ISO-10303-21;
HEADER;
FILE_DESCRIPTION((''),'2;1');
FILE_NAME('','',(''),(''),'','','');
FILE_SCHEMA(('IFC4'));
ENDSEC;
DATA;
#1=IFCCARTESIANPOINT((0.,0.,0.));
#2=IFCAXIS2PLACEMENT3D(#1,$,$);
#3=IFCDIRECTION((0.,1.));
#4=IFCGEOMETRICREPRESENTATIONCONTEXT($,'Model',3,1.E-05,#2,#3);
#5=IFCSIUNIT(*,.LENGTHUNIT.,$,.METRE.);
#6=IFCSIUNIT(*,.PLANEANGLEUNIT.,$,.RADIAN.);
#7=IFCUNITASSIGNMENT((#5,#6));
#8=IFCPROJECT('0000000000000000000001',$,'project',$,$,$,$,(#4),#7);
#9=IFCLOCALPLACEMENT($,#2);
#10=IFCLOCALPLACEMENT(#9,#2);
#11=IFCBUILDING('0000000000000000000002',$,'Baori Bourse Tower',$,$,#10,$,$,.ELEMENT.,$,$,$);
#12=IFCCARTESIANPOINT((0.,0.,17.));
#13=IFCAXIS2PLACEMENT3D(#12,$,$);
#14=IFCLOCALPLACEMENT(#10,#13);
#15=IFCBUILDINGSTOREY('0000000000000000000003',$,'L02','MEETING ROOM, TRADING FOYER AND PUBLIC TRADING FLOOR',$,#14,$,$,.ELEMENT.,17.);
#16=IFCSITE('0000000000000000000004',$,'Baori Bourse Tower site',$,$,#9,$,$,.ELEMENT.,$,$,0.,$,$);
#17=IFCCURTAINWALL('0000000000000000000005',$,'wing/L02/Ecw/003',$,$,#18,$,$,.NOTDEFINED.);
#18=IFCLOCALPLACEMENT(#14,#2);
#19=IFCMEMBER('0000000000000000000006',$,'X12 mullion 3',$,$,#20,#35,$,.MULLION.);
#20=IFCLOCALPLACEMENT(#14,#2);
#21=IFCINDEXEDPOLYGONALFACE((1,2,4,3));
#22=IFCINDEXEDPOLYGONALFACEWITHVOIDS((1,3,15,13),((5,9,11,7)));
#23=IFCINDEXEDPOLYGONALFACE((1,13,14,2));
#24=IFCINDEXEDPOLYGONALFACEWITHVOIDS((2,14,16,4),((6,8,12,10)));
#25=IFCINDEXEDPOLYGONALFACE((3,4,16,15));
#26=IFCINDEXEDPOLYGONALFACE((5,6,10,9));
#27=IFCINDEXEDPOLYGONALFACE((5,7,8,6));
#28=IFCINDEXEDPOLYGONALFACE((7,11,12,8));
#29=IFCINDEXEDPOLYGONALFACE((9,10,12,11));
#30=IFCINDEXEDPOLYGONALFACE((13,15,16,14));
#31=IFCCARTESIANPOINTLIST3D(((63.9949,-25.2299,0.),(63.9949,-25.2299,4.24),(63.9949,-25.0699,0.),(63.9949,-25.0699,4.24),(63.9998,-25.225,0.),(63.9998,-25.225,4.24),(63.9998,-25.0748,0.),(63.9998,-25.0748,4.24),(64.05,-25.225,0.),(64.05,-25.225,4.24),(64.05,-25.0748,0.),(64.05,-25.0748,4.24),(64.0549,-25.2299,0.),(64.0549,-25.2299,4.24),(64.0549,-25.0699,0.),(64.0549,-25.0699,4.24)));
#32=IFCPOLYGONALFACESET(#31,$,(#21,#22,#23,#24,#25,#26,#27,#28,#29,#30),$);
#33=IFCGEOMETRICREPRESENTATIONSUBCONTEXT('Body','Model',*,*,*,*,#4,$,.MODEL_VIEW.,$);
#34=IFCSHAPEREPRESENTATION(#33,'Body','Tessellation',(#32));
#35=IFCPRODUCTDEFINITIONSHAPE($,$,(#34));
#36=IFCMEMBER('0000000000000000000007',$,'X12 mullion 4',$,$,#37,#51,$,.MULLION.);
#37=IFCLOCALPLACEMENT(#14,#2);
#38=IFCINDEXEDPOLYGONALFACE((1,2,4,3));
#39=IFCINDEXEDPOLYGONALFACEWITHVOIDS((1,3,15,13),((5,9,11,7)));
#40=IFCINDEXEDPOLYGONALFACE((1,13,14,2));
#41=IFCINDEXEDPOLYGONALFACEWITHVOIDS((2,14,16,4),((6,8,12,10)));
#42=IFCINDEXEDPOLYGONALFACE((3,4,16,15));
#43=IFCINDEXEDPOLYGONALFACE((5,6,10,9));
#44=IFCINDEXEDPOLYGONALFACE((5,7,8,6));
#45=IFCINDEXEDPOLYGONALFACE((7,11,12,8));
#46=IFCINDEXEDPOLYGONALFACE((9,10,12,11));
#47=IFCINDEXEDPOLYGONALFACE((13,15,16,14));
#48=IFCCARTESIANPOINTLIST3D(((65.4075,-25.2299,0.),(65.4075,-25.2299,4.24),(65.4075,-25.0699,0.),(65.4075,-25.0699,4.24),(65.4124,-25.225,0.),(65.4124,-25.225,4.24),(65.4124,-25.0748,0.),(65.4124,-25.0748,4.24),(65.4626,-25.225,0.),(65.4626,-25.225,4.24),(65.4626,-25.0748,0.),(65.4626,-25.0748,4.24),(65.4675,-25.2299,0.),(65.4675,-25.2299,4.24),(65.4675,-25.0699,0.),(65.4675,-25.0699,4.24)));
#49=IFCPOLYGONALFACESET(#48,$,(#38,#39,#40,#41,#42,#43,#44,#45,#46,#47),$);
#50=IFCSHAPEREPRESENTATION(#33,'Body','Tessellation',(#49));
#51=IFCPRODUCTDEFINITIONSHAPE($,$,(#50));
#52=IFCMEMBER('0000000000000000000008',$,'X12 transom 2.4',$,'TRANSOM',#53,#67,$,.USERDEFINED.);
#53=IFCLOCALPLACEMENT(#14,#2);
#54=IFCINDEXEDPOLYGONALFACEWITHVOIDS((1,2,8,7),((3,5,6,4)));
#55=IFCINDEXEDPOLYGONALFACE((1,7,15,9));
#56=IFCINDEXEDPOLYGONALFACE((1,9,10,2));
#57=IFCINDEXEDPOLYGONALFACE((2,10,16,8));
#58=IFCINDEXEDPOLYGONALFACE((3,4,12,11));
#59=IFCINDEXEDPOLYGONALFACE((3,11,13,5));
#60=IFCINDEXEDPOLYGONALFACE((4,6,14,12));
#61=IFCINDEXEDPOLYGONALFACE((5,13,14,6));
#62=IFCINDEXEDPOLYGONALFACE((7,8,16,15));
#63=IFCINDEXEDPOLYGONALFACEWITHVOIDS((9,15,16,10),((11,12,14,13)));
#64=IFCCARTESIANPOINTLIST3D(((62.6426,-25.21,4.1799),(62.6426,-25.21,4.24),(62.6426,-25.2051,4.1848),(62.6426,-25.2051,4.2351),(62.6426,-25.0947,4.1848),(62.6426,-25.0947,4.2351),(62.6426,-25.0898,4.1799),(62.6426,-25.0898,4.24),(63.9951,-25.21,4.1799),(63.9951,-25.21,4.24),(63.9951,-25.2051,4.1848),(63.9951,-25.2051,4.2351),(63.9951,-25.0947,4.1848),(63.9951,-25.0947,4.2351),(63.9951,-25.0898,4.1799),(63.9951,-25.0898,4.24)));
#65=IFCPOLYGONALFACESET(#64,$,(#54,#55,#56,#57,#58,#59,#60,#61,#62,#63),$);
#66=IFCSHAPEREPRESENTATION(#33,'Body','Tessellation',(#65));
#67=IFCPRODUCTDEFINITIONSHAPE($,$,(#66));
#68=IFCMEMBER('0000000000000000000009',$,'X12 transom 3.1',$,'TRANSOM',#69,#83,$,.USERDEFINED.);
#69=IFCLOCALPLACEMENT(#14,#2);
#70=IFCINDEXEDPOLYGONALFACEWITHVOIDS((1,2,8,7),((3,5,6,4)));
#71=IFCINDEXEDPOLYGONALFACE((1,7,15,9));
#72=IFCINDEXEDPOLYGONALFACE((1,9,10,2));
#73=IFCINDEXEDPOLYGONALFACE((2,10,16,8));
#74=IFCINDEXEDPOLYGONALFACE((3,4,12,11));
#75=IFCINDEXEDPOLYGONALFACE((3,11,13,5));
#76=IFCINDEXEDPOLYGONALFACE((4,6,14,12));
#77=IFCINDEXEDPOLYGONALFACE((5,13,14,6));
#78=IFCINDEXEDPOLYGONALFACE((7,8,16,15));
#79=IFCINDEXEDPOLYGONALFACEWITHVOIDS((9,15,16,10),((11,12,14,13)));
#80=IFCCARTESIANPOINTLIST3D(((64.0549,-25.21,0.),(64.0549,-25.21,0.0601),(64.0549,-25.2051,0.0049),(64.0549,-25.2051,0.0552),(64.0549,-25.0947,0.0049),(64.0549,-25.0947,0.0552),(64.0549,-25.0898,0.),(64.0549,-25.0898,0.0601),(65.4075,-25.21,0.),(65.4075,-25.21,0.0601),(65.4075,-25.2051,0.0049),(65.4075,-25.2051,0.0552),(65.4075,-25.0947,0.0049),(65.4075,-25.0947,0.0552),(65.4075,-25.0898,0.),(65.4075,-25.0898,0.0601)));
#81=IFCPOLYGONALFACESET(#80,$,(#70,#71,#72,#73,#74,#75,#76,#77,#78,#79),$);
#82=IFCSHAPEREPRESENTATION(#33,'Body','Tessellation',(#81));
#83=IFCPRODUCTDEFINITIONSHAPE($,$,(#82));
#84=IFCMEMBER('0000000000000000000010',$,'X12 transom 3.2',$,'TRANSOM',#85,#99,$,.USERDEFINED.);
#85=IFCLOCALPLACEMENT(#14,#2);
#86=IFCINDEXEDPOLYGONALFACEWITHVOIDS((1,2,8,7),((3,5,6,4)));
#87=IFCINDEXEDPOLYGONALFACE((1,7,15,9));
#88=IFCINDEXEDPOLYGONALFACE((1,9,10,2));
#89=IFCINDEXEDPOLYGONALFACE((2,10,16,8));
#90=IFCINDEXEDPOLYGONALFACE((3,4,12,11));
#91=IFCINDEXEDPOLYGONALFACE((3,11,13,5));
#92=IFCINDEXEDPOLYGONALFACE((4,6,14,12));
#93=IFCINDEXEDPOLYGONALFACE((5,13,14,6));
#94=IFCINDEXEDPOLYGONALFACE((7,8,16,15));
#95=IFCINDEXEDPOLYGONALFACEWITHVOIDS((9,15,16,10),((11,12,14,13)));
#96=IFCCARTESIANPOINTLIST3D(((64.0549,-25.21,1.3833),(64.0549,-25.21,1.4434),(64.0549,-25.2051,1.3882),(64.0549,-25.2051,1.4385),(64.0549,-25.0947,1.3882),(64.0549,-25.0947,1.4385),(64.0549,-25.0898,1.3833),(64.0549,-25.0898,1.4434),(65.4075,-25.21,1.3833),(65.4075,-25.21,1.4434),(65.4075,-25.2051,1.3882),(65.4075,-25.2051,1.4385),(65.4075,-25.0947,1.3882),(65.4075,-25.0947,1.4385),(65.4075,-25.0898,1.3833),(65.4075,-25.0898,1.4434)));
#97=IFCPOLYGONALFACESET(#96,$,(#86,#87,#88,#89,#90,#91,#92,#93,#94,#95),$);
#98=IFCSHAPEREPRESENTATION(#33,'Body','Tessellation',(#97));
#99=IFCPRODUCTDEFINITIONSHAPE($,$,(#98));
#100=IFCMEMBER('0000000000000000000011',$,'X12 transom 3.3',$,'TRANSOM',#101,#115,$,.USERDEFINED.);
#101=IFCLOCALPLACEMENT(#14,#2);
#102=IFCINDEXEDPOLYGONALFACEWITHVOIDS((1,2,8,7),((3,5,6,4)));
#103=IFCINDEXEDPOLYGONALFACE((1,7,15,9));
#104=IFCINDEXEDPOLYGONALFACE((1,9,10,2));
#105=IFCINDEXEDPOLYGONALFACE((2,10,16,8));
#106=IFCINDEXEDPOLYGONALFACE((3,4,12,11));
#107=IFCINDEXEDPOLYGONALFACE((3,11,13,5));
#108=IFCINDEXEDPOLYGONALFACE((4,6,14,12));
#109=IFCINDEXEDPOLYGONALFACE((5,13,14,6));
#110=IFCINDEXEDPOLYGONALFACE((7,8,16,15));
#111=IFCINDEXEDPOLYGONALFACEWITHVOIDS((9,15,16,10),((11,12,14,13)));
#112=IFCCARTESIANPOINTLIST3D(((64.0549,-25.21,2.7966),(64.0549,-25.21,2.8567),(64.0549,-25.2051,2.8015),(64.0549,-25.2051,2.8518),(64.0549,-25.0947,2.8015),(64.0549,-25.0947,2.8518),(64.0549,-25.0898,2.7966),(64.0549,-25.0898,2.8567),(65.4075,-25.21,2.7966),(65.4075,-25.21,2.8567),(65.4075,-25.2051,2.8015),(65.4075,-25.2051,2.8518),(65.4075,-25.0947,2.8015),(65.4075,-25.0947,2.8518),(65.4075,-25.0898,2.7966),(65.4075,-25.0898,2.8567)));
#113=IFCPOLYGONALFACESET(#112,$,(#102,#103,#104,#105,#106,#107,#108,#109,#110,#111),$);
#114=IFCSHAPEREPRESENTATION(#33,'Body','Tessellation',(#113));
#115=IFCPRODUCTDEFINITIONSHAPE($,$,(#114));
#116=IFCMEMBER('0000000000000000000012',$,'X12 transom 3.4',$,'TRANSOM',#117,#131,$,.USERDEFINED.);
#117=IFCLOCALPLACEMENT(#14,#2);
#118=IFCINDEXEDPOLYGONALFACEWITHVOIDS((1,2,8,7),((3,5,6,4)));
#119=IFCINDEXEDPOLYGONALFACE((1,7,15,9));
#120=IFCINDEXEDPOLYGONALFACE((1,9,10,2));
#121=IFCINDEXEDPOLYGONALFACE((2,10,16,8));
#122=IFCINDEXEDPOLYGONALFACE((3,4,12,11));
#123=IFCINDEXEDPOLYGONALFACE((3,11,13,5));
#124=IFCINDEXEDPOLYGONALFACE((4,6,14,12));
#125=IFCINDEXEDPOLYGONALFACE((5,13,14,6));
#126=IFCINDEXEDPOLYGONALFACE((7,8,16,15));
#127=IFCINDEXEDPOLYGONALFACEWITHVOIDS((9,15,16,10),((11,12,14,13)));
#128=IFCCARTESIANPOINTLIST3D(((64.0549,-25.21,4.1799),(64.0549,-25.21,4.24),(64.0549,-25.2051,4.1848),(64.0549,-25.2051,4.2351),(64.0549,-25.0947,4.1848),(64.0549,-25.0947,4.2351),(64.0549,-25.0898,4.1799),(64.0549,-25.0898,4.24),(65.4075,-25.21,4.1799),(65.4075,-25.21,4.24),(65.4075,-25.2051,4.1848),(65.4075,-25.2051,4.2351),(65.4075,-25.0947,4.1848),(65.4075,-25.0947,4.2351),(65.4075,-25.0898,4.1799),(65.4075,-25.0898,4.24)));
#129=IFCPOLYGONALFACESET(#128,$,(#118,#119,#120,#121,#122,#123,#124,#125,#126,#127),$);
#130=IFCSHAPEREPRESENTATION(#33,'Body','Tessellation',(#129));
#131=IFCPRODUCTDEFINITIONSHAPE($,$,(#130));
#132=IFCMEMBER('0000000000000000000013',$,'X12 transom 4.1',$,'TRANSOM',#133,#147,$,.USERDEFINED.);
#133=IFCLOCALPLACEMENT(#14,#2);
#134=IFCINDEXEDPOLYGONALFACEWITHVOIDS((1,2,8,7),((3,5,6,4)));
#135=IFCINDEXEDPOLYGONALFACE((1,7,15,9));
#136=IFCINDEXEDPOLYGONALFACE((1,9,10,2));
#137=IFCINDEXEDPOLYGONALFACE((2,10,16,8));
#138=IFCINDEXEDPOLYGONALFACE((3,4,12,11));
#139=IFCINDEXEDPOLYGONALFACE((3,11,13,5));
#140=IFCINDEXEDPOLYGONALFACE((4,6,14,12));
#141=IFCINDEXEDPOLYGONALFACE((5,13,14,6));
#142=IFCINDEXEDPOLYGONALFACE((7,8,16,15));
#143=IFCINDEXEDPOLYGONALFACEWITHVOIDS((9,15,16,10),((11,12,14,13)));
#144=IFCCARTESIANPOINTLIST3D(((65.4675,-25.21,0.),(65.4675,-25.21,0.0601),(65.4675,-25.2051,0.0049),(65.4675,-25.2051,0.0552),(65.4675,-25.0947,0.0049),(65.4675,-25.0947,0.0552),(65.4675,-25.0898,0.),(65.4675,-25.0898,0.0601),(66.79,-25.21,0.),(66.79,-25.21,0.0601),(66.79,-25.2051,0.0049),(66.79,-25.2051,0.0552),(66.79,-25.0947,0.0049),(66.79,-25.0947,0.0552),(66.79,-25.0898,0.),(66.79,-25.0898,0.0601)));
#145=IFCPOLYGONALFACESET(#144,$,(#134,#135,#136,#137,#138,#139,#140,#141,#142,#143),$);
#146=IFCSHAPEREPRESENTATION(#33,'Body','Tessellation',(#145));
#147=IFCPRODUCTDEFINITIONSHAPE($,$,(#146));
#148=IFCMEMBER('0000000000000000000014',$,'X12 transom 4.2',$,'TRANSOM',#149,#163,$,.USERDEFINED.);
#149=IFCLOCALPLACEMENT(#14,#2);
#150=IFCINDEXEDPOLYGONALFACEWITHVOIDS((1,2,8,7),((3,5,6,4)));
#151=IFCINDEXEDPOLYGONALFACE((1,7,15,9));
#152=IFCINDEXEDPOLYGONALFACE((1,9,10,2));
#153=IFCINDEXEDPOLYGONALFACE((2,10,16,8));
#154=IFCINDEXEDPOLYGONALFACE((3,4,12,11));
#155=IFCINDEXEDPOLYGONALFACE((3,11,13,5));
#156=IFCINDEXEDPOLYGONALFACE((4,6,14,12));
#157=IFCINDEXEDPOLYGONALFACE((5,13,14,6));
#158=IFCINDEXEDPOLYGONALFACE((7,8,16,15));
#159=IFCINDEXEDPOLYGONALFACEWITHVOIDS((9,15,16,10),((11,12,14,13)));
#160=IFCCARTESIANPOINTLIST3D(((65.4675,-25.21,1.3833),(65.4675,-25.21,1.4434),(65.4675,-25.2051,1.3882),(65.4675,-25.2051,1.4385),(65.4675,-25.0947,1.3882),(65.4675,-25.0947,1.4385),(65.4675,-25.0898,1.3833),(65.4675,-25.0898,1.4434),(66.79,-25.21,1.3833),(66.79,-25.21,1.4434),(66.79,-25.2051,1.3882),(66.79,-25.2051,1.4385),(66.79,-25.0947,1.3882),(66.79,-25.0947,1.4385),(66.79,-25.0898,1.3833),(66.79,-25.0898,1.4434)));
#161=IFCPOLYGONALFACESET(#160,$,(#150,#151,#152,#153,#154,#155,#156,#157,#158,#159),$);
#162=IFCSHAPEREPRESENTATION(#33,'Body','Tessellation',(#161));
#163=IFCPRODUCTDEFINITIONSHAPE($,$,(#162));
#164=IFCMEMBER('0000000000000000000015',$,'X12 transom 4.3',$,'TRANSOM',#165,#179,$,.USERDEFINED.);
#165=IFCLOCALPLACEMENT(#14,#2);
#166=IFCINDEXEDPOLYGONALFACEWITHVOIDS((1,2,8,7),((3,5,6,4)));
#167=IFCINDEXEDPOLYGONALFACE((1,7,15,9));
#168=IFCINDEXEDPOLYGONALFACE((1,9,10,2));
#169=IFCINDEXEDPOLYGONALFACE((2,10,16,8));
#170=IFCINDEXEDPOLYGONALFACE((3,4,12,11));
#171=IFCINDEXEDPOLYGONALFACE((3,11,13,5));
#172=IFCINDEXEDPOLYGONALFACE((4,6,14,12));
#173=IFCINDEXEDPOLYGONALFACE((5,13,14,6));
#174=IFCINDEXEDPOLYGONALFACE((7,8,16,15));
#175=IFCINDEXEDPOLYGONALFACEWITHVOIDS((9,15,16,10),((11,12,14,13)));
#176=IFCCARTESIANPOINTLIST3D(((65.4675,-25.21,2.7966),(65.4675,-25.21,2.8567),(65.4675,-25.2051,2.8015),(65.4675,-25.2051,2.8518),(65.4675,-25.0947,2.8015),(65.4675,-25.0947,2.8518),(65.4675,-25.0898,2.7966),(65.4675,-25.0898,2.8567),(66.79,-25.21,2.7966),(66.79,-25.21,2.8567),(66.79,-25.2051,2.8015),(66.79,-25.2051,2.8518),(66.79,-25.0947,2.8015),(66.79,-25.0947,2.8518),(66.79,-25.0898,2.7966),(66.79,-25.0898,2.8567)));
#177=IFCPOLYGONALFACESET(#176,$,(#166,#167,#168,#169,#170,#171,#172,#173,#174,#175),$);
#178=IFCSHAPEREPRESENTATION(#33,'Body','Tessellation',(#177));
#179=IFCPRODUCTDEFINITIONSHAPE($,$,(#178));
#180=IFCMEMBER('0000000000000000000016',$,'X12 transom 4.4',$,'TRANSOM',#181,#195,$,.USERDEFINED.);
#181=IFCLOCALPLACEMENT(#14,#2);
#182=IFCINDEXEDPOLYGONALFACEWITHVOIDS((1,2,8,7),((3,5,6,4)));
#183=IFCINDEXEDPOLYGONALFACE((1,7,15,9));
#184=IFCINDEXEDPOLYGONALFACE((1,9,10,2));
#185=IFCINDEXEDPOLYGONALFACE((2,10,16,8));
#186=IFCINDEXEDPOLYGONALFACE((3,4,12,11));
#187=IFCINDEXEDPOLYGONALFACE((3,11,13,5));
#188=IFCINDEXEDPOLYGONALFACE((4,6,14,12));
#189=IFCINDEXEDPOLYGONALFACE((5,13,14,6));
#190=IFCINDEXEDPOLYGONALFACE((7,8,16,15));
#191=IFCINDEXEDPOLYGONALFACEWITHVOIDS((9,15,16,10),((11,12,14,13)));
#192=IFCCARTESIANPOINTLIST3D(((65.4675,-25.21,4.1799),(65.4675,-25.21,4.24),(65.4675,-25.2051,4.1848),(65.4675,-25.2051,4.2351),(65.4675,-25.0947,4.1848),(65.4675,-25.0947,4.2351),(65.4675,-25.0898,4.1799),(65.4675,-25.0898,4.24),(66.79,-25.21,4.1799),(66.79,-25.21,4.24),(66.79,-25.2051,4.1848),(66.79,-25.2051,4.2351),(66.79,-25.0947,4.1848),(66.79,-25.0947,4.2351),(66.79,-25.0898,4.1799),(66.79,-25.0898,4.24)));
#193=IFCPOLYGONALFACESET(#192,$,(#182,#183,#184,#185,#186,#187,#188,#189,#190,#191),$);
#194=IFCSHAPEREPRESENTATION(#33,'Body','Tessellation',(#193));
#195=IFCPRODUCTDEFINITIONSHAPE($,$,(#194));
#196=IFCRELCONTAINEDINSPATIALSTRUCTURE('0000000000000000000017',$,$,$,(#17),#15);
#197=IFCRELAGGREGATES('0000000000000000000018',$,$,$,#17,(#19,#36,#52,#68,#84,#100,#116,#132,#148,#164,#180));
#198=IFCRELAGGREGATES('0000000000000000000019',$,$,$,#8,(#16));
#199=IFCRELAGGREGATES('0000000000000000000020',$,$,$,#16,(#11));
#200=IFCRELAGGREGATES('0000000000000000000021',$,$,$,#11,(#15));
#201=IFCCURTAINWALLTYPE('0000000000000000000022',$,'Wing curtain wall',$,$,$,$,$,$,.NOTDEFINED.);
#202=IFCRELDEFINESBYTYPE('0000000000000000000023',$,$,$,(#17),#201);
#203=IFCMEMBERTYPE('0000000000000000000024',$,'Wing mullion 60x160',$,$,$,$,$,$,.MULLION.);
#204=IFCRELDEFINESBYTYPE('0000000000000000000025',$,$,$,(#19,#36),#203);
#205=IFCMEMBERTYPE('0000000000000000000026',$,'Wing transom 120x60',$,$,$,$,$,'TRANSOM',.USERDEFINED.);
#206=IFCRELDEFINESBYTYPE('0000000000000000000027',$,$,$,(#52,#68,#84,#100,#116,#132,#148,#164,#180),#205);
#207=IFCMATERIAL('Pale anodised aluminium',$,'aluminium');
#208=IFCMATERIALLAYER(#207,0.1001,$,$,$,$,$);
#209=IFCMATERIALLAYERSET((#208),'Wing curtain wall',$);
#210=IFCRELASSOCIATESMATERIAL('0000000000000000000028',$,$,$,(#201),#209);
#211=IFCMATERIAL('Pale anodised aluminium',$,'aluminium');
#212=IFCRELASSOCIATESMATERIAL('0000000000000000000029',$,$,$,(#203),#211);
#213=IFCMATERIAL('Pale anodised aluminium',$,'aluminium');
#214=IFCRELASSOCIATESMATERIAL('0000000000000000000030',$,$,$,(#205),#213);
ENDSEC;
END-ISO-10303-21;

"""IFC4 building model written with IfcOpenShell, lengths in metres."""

from ifc_helpers import new_model, si_unit, direction, frame, origin, origin_2d, place, context, subcontext, project, spatial, hollow_rectangle, extrude, material, layer, layer_set, material_profile, profile_set, type_object, element, aggregate, save


model = new_model("IFC4")

# Units and contexts
model_context = context("Model", 3, precision=1e-05, world=origin(), true_north=direction((0.0, 1.0)))
body_context = subcontext(model_context, "Body", "Model", "MODEL_VIEW")
ifc_project = project(units=[si_unit("LENGTHUNIT", "METRE"), si_unit("PLANEANGLEUNIT", "RADIAN")], contexts=[model_context])

# Site, building, storey
site_placement = place(None, origin())
site = spatial("IfcSite", under=ifc_project, at=site_placement, Name="Baori Bourse Tower site", CompositionType="ELEMENT", RefElevation=0.0)
building_placement = place(site_placement, origin())
building = spatial("IfcBuilding", under=site, at=building_placement, Name="Baori Bourse Tower", CompositionType="ELEMENT")
storey_placement = place(building_placement, frame((0.0, 0.0, 17.0)))
storey = spatial("IfcBuildingStorey", under=building, at=storey_placement, Name="L02", Description="MEETING ROOM, TRADING FOYER AND PUBLIC TRADING FLOOR", CompositionType="ELEMENT", Elevation=17.0)

# Curtain wall, members
ifc_material_1 = material(Name="Pale anodised aluminium", Category="aluminium")
ifc_layer_1 = layer(ifc_material_1, 0.1001)
ifc_layer_set_1 = layer_set([ifc_layer_1], Name="Wing curtain wall")
curtain_wall_type = type_object("IfcCurtainWallType", Name="Wing curtain wall", PredefinedType="NOTDEFINED", material=ifc_layer_set_1)
curtain_wall_placement = place(storey_placement, origin())
curtain_wall = element("IfcCurtainWall", 1, at=curtain_wall_placement, inside=storey, type_object=curtain_wall_type, Name="wing/L02/Ecw/003", PredefinedType="NOTDEFINED")
ifc_material_2 = material(Name="Pale anodised aluminium", Category="aluminium")
ifc_material_profile_1 = material_profile(ifc_material_2, hollow_rectangle(XDim=0.1599, YDim=0.0601, WallThickness=0.0049, at=origin_2d()), Name="Mullion 160x60x5")
ifc_profile_set_1 = profile_set([ifc_material_profile_1], Name="Pale anodised aluminium")
member_type_1 = type_object("IfcMemberType", Name="Wing mullion 60x160", PredefinedType="MULLION", material=ifc_profile_set_1)
member_1_placement = place(storey_placement, frame((64.0249, -25.1499, 0.0), z_axis=(0.0, 0.0, 1.0), x_axis=(0.0, 1.0, 0.0)))
member_1 = element("IfcMember", 2, at=member_1_placement, type_object=member_type_1, Name="X12 mullion 3", PredefinedType="MULLION", context=body_context, shape_type="SweptSolid", body=[
    extrude(hollow_rectangle(XDim=0.1599, YDim=0.0601, WallThickness=0.0049, at=origin_2d()), origin(), (0.0, 0.0, 1.0), 4.24),
])
member_2_placement = place(storey_placement, frame((65.4375, -25.1499, 0.0), z_axis=(0.0, 0.0, 1.0), x_axis=(0.0, 1.0, 0.0)))
member_2 = element("IfcMember", 3, at=member_2_placement, type_object=member_type_1, Name="X12 mullion 4", PredefinedType="MULLION", context=body_context, shape_type="SweptSolid", body=[
    extrude(hollow_rectangle(XDim=0.1599, YDim=0.0601, WallThickness=0.0049, at=origin_2d()), origin(), (0.0, 0.0, 1.0), 4.24),
])
ifc_material_3 = material(Name="Pale anodised aluminium", Category="aluminium")
ifc_material_profile_2 = material_profile(ifc_material_3, hollow_rectangle(XDim=0.1201, YDim=0.0601, WallThickness=0.0049, at=origin_2d()), Name="Transom 120x60x5")
ifc_profile_set_2 = profile_set([ifc_material_profile_2], Name="Pale anodised aluminium")
member_type_2 = type_object("IfcMemberType", Name="Wing transom 120x60", ElementType="TRANSOM", PredefinedType="USERDEFINED", material=ifc_profile_set_2)
member_3_placement = place(storey_placement, frame((62.6426, -25.1499, 4.21), z_axis=(1.0, 0.0, 0.0), x_axis=(0.0, 1.0, 0.0)))
member_3 = element("IfcMember", 4, at=member_3_placement, type_object=member_type_2, Name="X12 transom 2.4", ObjectType="TRANSOM", PredefinedType="USERDEFINED", context=body_context, shape_type="SweptSolid", body=[
    extrude(hollow_rectangle(XDim=0.1201, YDim=0.0601, WallThickness=0.0049, at=origin_2d()), origin(), (0.0, 0.0, 1.0), 1.3525),
])
member_4_placement = place(storey_placement, frame((64.0549, -25.1499, 0.03), z_axis=(1.0, 0.0, 0.0), x_axis=(0.0, 1.0, 0.0)))
member_4 = element("IfcMember", 5, at=member_4_placement, type_object=member_type_2, Name="X12 transom 3.1", ObjectType="TRANSOM", PredefinedType="USERDEFINED", context=body_context, shape_type="SweptSolid", body=[
    extrude(hollow_rectangle(XDim=0.1201, YDim=0.0601, WallThickness=0.0049, at=origin_2d()), origin(), (0.0, 0.0, 1.0), 1.3525),
])
member_5_placement = place(storey_placement, frame((64.0549, -25.1499, 1.4133), z_axis=(1.0, 0.0, 0.0), x_axis=(0.0, 1.0, 0.0)))
member_5 = element("IfcMember", 6, at=member_5_placement, type_object=member_type_2, Name="X12 transom 3.2", ObjectType="TRANSOM", PredefinedType="USERDEFINED", context=body_context, shape_type="SweptSolid", body=[
    extrude(hollow_rectangle(XDim=0.1201, YDim=0.0601, WallThickness=0.0049, at=origin_2d()), origin(), (0.0, 0.0, 1.0), 1.3525),
])
member_6_placement = place(storey_placement, frame((64.0549, -25.1499, 2.8267), z_axis=(1.0, 0.0, 0.0), x_axis=(0.0, 1.0, 0.0)))
member_6 = element("IfcMember", 7, at=member_6_placement, type_object=member_type_2, Name="X12 transom 3.3", ObjectType="TRANSOM", PredefinedType="USERDEFINED", context=body_context, shape_type="SweptSolid", body=[
    extrude(hollow_rectangle(XDim=0.1201, YDim=0.0601, WallThickness=0.0049, at=origin_2d()), origin(), (0.0, 0.0, 1.0), 1.3525),
])
member_7_placement = place(storey_placement, frame((64.0549, -25.1499, 4.21), z_axis=(1.0, 0.0, 0.0), x_axis=(0.0, 1.0, 0.0)))
member_7 = element("IfcMember", 8, at=member_7_placement, type_object=member_type_2, Name="X12 transom 3.4", ObjectType="TRANSOM", PredefinedType="USERDEFINED", context=body_context, shape_type="SweptSolid", body=[
    extrude(hollow_rectangle(XDim=0.1201, YDim=0.0601, WallThickness=0.0049, at=origin_2d()), origin(), (0.0, 0.0, 1.0), 1.3525),
])
member_8_placement = place(storey_placement, frame((65.4675, -25.1499, 0.03), z_axis=(1.0, 0.0, 0.0), x_axis=(0.0, 1.0, 0.0)))
member_8 = element("IfcMember", 9, at=member_8_placement, type_object=member_type_2, Name="X12 transom 4.1", ObjectType="TRANSOM", PredefinedType="USERDEFINED", context=body_context, shape_type="SweptSolid", body=[
    extrude(hollow_rectangle(XDim=0.1201, YDim=0.0601, WallThickness=0.0049, at=origin_2d()), origin(), (0.0, 0.0, 1.0), 1.3225),
])
member_9_placement = place(storey_placement, frame((65.4675, -25.1499, 1.4133), z_axis=(1.0, 0.0, 0.0), x_axis=(0.0, 1.0, 0.0)))
member_9 = element("IfcMember", 10, at=member_9_placement, type_object=member_type_2, Name="X12 transom 4.2", ObjectType="TRANSOM", PredefinedType="USERDEFINED", context=body_context, shape_type="SweptSolid", body=[
    extrude(hollow_rectangle(XDim=0.1201, YDim=0.0601, WallThickness=0.0049, at=origin_2d()), origin(), (0.0, 0.0, 1.0), 1.3225),
])
member_10_placement = place(storey_placement, frame((65.4675, -25.1499, 2.8267), z_axis=(1.0, 0.0, 0.0), x_axis=(0.0, 1.0, 0.0)))
member_10 = element("IfcMember", 11, at=member_10_placement, type_object=member_type_2, Name="X12 transom 4.3", ObjectType="TRANSOM", PredefinedType="USERDEFINED", context=body_context, shape_type="SweptSolid", body=[
    extrude(hollow_rectangle(XDim=0.1201, YDim=0.0601, WallThickness=0.0049, at=origin_2d()), origin(), (0.0, 0.0, 1.0), 1.3225),
])
member_11_placement = place(storey_placement, frame((65.4675, -25.1499, 4.21), z_axis=(1.0, 0.0, 0.0), x_axis=(0.0, 1.0, 0.0)))
member_11 = element("IfcMember", 12, at=member_11_placement, type_object=member_type_2, Name="X12 transom 4.4", ObjectType="TRANSOM", PredefinedType="USERDEFINED", context=body_context, shape_type="SweptSolid", body=[
    extrude(hollow_rectangle(XDim=0.1201, YDim=0.0601, WallThickness=0.0049, at=origin_2d()), origin(), (0.0, 0.0, 1.0), 1.3225),
])
aggregate(curtain_wall, [member_1, member_2, member_3, member_4, member_5, member_6, member_7, member_8, member_9, member_10, member_11])

save(model, "model.ifc")
